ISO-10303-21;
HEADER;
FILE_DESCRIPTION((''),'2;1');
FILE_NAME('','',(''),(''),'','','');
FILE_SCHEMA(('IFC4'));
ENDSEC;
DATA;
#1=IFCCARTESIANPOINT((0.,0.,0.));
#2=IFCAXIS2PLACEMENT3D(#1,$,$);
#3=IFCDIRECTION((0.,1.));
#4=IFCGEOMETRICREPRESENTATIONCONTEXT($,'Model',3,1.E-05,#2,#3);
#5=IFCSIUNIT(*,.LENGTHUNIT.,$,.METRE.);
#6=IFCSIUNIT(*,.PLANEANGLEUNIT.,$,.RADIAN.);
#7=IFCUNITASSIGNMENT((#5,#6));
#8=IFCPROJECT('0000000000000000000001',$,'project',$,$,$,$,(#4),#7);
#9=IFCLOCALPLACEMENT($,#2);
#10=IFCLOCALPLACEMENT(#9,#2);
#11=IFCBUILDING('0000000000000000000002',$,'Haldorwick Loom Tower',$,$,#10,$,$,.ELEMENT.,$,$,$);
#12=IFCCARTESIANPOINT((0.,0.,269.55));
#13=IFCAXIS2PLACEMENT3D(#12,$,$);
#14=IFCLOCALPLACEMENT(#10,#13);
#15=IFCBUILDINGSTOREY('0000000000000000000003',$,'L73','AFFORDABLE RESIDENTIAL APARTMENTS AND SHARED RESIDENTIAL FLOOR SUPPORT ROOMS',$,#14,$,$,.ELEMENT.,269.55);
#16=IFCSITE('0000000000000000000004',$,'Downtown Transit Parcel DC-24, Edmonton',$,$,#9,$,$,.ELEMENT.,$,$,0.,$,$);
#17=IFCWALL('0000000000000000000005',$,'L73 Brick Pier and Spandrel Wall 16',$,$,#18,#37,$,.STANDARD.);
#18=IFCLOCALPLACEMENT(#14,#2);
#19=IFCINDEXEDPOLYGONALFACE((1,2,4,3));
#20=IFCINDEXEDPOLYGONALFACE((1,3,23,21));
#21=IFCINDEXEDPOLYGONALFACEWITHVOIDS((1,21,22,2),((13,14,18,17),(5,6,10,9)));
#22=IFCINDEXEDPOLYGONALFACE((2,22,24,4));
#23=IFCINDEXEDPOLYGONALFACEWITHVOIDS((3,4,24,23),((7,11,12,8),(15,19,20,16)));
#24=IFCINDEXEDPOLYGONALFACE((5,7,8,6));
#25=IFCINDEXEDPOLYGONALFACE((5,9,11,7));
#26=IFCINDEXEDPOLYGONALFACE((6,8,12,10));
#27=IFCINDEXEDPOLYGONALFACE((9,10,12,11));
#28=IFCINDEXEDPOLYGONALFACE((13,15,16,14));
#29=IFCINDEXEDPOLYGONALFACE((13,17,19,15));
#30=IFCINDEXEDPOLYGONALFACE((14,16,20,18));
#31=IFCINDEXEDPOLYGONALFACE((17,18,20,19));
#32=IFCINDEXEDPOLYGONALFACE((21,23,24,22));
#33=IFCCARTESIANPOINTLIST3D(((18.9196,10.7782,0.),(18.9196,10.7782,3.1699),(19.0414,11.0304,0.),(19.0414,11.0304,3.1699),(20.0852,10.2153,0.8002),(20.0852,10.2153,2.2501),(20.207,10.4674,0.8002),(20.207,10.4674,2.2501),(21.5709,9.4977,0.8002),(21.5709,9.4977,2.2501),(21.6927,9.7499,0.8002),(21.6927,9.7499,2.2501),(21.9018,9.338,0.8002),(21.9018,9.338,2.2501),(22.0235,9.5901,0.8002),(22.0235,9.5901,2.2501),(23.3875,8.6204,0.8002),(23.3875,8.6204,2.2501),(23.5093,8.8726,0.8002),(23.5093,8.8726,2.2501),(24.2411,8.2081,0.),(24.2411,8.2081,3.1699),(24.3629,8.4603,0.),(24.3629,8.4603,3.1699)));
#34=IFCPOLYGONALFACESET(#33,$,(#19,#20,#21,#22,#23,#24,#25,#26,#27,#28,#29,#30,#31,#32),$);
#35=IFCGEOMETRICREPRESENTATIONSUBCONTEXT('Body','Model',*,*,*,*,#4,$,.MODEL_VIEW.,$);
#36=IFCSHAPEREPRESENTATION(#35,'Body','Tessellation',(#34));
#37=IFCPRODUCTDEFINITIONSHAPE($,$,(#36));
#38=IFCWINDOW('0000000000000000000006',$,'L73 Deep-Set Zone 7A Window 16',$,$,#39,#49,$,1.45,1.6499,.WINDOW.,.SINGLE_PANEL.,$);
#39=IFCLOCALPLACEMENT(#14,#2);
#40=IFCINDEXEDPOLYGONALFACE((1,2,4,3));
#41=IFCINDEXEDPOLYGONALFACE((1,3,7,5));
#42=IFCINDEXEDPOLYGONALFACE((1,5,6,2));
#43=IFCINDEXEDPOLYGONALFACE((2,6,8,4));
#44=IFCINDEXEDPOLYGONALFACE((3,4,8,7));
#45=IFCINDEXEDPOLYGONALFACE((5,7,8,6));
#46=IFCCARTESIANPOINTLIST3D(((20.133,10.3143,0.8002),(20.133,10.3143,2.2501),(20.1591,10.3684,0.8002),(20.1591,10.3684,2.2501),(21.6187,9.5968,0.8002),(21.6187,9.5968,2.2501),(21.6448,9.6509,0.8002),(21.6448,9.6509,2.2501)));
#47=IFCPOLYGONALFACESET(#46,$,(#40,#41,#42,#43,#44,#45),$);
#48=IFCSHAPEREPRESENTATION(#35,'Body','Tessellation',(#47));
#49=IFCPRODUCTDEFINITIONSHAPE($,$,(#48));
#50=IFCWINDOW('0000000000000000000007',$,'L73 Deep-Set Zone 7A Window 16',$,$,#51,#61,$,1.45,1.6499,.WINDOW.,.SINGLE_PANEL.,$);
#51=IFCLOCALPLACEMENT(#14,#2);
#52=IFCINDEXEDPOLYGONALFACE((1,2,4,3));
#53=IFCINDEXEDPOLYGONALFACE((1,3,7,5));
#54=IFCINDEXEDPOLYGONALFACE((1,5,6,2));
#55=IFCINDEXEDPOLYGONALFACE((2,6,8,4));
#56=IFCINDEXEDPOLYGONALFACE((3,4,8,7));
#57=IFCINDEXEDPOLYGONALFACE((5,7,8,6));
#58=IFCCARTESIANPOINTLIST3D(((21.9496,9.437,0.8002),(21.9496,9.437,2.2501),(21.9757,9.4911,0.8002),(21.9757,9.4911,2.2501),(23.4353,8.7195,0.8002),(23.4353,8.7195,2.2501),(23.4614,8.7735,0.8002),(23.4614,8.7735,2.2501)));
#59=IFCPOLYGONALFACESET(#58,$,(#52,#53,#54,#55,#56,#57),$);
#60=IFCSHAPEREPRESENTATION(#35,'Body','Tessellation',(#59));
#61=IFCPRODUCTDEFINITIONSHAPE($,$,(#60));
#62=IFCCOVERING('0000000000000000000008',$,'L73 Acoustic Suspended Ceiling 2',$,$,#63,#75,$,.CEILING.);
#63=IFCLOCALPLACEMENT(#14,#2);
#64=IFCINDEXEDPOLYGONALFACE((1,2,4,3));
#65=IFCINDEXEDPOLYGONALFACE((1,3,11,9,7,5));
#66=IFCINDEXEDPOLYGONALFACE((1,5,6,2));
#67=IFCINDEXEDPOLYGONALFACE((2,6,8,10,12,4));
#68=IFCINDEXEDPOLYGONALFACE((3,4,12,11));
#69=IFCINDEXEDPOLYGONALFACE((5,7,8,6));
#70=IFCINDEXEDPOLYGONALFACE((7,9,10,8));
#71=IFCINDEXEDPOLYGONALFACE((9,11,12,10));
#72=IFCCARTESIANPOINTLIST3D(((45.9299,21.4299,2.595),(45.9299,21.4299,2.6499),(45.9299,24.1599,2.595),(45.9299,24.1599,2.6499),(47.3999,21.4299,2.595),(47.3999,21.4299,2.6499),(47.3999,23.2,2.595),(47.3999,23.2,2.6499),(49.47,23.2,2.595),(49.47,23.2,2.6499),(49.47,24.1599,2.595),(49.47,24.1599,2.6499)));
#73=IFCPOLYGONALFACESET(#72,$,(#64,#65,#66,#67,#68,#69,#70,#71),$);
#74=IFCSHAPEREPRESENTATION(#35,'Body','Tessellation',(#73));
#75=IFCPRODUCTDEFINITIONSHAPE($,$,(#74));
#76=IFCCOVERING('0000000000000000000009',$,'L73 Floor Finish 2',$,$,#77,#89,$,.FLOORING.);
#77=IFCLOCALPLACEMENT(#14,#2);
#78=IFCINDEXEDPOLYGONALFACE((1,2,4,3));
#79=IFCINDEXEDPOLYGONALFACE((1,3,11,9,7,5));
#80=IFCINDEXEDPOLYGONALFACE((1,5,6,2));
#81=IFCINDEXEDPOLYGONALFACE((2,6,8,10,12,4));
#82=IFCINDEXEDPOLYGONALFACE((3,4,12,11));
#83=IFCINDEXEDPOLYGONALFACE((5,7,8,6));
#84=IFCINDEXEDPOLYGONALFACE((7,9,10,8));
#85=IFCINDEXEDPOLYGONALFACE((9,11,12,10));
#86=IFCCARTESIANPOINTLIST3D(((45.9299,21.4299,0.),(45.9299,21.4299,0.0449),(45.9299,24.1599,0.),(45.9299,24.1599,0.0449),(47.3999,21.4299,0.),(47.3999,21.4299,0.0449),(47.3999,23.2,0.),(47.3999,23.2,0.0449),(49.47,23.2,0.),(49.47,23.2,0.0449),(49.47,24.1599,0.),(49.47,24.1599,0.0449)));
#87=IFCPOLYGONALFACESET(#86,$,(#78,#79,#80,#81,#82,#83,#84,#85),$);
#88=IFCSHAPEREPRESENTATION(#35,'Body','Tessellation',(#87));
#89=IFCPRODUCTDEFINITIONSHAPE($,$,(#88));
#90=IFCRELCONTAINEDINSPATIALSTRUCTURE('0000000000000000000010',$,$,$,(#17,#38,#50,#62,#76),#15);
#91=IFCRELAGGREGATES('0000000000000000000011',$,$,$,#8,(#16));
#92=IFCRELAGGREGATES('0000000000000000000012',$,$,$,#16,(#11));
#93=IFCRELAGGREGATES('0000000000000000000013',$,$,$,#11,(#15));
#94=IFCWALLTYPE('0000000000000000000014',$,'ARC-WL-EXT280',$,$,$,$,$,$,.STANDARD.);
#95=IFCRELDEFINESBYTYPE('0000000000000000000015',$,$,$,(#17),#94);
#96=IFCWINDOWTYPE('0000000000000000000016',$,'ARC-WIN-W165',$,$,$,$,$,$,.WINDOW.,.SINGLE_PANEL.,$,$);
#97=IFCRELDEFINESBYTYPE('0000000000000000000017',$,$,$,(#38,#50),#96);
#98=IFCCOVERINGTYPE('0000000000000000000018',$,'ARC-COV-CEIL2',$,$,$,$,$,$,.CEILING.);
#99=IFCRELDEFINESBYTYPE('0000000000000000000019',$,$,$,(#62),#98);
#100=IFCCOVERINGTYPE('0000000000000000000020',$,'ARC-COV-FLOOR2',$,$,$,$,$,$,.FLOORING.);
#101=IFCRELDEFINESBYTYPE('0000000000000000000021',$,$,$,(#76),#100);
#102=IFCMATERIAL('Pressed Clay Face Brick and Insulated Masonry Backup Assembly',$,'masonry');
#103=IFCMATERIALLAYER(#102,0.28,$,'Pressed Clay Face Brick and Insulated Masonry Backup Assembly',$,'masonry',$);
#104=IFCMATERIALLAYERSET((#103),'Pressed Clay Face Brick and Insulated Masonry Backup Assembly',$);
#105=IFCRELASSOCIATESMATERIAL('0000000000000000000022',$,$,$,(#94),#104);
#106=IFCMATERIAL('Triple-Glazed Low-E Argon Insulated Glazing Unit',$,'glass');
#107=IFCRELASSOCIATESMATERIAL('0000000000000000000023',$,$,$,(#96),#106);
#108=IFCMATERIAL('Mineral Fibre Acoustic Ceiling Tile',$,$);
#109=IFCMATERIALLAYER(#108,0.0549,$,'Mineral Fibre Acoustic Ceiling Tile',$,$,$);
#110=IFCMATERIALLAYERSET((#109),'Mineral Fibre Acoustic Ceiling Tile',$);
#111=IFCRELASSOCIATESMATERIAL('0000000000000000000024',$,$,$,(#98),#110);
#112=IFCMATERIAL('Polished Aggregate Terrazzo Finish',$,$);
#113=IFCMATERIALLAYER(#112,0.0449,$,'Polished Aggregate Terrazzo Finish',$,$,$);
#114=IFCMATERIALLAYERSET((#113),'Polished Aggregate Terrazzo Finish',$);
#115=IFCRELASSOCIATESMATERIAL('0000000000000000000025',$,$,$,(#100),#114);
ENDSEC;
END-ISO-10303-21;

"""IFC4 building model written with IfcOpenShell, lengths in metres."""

from ifc_helpers import new_model, si_unit, direction, frame, frame_2d, origin, place, context, subcontext, project, spatial, polyline, rectangle, outline, extrude, material, layer, layer_set, type_object, element, fill, save


model = new_model("IFC4")

# Units and contexts
model_context = context("Model", 3, precision=1e-05, world=origin(), true_north=direction((0.0, 1.0)))
body_context = subcontext(model_context, "Body", "Model", "MODEL_VIEW")
ifc_project = project(units=[si_unit("LENGTHUNIT", "METRE"), si_unit("PLANEANGLEUNIT", "RADIAN")], contexts=[model_context])

# Site, building, storey
site_placement = place(None, origin())
site = spatial("IfcSite", under=ifc_project, at=site_placement, Name="Downtown Transit Parcel DC-24, Edmonton", CompositionType="ELEMENT", RefElevation=0.0)
building_placement = place(site_placement, origin())
building = spatial("IfcBuilding", under=site, at=building_placement, Name="Haldorwick Loom Tower", CompositionType="ELEMENT")
storey_placement = place(building_placement, frame((0.0, 0.0, 269.55)))
storey = spatial("IfcBuildingStorey", under=building, at=storey_placement, Name="L73", Description="AFFORDABLE RESIDENTIAL APARTMENTS AND SHARED RESIDENTIAL FLOOR SUPPORT ROOMS", CompositionType="ELEMENT", Elevation=269.55)

# Shared definitions
ifc_material_1 = material(Name="Pressed Clay Face Brick and Insulated Masonry Backup Assembly", Category="masonry")
ifc_layer_1 = layer(ifc_material_1, 0.28, Name="Pressed Clay Face Brick and Insulated Masonry Backup Assembly", Category="masonry")
ifc_layer_set_1 = layer_set([ifc_layer_1], Name="Pressed Clay Face Brick and Insulated Masonry Backup Assembly")
wall_type = type_object("IfcWallType", Name="ARC-WL-EXT280", PredefinedType="STANDARD", material=ifc_layer_set_1)

# Wall, openings, windows
wall_1_placement = place(storey_placement, frame((18.9805, 10.9043, 0.0), z_axis=(0.0, 0.0, 1.0), x_axis=(0.900482, -0.434893, 0.0)))
wall_1 = element("IfcWall", 1, at=wall_1_placement, inside=storey, type_object=wall_type, Name="L73 Brick Pier and Spandrel Wall 16", PredefinedType="STANDARD", context=body_context, shape_type="SweptSolid", body=[
    extrude(rectangle(XDim=5.9097, YDim=0.28, at=frame_2d((2.9548, 0.0))), origin(), (0.0, 0.0, 1.0), 3.1699),
])
opening_1_placement = place(wall_1_placement, frame((1.2944, 0.0, 0.8)))
opening_1 = element("IfcOpeningElement", 2, at=opening_1_placement, cuts=wall_1, PredefinedType="OPENING", context=body_context, shape_type="SweptSolid", body=[
    extrude(rectangle(XDim=1.6499, YDim=1.45, at=frame_2d((0.825, 0.7251))), frame((0.0, 0.1499, 0.0), z_axis=(0.0, -1.0, 0.0), x_axis=(1.0, 0.0, 0.0)), (0.0, 0.0, 1.0), 0.3),
])
opening_2_placement = place(wall_1_placement, frame((3.3118, 0.0, 0.8)))
opening_2 = element("IfcOpeningElement", 3, at=opening_2_placement, cuts=wall_1, PredefinedType="OPENING", context=body_context, shape_type="SweptSolid", body=[
    extrude(rectangle(XDim=1.6499, YDim=1.45, at=frame_2d((0.825, 0.7251))), frame((0.0, 0.1499, 0.0), z_axis=(0.0, -1.0, 0.0), x_axis=(1.0, 0.0, 0.0)), (0.0, 0.0, 1.0), 0.3),
])
ifc_material_2 = material(Name="Triple-Glazed Low-E Argon Insulated Glazing Unit", Category="glass")
window_type = type_object("IfcWindowType", Name="ARC-WIN-W165", PartitioningType="SINGLE_PANEL", PredefinedType="WINDOW", material=ifc_material_2)
window_1_placement = place(opening_1_placement, origin())
window_1 = element("IfcWindow", 4, at=window_1_placement, inside=storey, type_object=window_type, Name="L73 Deep-Set Zone 7A Window 16", OverallHeight=1.45, OverallWidth=1.6499, PartitioningType="SINGLE_PANEL", PredefinedType="WINDOW", context=body_context, shape_type="SweptSolid", body=[
    extrude(rectangle(XDim=1.6499, YDim=1.45, at=frame_2d((0.825, 0.7251))), frame((0.0, 0.03, 0.0), z_axis=(0.0, -1.0, 0.0), x_axis=(1.0, 0.0, 0.0)), (0.0, 0.0, 1.0), 0.0601),
])
fill(opening_1, window_1)
window_2_placement = place(opening_2_placement, origin())
window_2 = element("IfcWindow", 5, at=window_2_placement, inside=storey, type_object=window_type, Name="L73 Deep-Set Zone 7A Window 16", OverallHeight=1.45, OverallWidth=1.6499, PartitioningType="SINGLE_PANEL", PredefinedType="WINDOW", context=body_context, shape_type="SweptSolid", body=[
    extrude(rectangle(XDim=1.6499, YDim=1.45, at=frame_2d((0.825, 0.7251))), frame((0.0, 0.03, 0.0), z_axis=(0.0, -1.0, 0.0), x_axis=(1.0, 0.0, 0.0)), (0.0, 0.0, 1.0), 0.0601),
])
fill(opening_2, window_2)

# Coverings
ifc_material_3 = material(Name="Mineral Fibre Acoustic Ceiling Tile")
ifc_layer_2 = layer(ifc_material_3, 0.0549, Name="Mineral Fibre Acoustic Ceiling Tile")
ifc_layer_set_2 = layer_set([ifc_layer_2], Name="Mineral Fibre Acoustic Ceiling Tile")
covering_type_1 = type_object("IfcCoveringType", Name="ARC-COV-CEIL2", PredefinedType="CEILING", material=ifc_layer_set_2)
covering_1_placement = place(storey_placement, frame((0.0, 0.0, 2.595)))
element("IfcCovering", 6, at=covering_1_placement, inside=storey, type_object=covering_type_1, Name="L73 Acoustic Suspended Ceiling 2", PredefinedType="CEILING", context=body_context, shape_type="SweptSolid", body=[
    extrude(outline(polyline([(45.9299, 24.1599), (45.9299, 21.4299), (47.3999, 21.4299), (47.3999, 23.2), (49.47, 23.2), (49.47, 24.1599), (45.9299, 24.1599)])), origin(), (0.0, 0.0, 1.0), 0.0549),
])
ifc_material_4 = material(Name="Polished Aggregate Terrazzo Finish")
ifc_layer_3 = layer(ifc_material_4, 0.0449, Name="Polished Aggregate Terrazzo Finish")
ifc_layer_set_3 = layer_set([ifc_layer_3], Name="Polished Aggregate Terrazzo Finish")
covering_type_2 = type_object("IfcCoveringType", Name="ARC-COV-FLOOR2", PredefinedType="FLOORING", material=ifc_layer_set_3)
covering_2_placement = place(storey_placement, origin())
element("IfcCovering", 7, at=covering_2_placement, inside=storey, type_object=covering_type_2, Name="L73 Floor Finish 2", PredefinedType="FLOORING", context=body_context, shape_type="SweptSolid", body=[
    extrude(outline(polyline([(45.9299, 24.1599), (45.9299, 21.4299), (47.3999, 21.4299), (47.3999, 23.2), (49.47, 23.2), (49.47, 24.1599), (45.9299, 24.1599)])), origin(), (0.0, 0.0, 1.0), 0.0449),
])

save(model, "model.ifc")
